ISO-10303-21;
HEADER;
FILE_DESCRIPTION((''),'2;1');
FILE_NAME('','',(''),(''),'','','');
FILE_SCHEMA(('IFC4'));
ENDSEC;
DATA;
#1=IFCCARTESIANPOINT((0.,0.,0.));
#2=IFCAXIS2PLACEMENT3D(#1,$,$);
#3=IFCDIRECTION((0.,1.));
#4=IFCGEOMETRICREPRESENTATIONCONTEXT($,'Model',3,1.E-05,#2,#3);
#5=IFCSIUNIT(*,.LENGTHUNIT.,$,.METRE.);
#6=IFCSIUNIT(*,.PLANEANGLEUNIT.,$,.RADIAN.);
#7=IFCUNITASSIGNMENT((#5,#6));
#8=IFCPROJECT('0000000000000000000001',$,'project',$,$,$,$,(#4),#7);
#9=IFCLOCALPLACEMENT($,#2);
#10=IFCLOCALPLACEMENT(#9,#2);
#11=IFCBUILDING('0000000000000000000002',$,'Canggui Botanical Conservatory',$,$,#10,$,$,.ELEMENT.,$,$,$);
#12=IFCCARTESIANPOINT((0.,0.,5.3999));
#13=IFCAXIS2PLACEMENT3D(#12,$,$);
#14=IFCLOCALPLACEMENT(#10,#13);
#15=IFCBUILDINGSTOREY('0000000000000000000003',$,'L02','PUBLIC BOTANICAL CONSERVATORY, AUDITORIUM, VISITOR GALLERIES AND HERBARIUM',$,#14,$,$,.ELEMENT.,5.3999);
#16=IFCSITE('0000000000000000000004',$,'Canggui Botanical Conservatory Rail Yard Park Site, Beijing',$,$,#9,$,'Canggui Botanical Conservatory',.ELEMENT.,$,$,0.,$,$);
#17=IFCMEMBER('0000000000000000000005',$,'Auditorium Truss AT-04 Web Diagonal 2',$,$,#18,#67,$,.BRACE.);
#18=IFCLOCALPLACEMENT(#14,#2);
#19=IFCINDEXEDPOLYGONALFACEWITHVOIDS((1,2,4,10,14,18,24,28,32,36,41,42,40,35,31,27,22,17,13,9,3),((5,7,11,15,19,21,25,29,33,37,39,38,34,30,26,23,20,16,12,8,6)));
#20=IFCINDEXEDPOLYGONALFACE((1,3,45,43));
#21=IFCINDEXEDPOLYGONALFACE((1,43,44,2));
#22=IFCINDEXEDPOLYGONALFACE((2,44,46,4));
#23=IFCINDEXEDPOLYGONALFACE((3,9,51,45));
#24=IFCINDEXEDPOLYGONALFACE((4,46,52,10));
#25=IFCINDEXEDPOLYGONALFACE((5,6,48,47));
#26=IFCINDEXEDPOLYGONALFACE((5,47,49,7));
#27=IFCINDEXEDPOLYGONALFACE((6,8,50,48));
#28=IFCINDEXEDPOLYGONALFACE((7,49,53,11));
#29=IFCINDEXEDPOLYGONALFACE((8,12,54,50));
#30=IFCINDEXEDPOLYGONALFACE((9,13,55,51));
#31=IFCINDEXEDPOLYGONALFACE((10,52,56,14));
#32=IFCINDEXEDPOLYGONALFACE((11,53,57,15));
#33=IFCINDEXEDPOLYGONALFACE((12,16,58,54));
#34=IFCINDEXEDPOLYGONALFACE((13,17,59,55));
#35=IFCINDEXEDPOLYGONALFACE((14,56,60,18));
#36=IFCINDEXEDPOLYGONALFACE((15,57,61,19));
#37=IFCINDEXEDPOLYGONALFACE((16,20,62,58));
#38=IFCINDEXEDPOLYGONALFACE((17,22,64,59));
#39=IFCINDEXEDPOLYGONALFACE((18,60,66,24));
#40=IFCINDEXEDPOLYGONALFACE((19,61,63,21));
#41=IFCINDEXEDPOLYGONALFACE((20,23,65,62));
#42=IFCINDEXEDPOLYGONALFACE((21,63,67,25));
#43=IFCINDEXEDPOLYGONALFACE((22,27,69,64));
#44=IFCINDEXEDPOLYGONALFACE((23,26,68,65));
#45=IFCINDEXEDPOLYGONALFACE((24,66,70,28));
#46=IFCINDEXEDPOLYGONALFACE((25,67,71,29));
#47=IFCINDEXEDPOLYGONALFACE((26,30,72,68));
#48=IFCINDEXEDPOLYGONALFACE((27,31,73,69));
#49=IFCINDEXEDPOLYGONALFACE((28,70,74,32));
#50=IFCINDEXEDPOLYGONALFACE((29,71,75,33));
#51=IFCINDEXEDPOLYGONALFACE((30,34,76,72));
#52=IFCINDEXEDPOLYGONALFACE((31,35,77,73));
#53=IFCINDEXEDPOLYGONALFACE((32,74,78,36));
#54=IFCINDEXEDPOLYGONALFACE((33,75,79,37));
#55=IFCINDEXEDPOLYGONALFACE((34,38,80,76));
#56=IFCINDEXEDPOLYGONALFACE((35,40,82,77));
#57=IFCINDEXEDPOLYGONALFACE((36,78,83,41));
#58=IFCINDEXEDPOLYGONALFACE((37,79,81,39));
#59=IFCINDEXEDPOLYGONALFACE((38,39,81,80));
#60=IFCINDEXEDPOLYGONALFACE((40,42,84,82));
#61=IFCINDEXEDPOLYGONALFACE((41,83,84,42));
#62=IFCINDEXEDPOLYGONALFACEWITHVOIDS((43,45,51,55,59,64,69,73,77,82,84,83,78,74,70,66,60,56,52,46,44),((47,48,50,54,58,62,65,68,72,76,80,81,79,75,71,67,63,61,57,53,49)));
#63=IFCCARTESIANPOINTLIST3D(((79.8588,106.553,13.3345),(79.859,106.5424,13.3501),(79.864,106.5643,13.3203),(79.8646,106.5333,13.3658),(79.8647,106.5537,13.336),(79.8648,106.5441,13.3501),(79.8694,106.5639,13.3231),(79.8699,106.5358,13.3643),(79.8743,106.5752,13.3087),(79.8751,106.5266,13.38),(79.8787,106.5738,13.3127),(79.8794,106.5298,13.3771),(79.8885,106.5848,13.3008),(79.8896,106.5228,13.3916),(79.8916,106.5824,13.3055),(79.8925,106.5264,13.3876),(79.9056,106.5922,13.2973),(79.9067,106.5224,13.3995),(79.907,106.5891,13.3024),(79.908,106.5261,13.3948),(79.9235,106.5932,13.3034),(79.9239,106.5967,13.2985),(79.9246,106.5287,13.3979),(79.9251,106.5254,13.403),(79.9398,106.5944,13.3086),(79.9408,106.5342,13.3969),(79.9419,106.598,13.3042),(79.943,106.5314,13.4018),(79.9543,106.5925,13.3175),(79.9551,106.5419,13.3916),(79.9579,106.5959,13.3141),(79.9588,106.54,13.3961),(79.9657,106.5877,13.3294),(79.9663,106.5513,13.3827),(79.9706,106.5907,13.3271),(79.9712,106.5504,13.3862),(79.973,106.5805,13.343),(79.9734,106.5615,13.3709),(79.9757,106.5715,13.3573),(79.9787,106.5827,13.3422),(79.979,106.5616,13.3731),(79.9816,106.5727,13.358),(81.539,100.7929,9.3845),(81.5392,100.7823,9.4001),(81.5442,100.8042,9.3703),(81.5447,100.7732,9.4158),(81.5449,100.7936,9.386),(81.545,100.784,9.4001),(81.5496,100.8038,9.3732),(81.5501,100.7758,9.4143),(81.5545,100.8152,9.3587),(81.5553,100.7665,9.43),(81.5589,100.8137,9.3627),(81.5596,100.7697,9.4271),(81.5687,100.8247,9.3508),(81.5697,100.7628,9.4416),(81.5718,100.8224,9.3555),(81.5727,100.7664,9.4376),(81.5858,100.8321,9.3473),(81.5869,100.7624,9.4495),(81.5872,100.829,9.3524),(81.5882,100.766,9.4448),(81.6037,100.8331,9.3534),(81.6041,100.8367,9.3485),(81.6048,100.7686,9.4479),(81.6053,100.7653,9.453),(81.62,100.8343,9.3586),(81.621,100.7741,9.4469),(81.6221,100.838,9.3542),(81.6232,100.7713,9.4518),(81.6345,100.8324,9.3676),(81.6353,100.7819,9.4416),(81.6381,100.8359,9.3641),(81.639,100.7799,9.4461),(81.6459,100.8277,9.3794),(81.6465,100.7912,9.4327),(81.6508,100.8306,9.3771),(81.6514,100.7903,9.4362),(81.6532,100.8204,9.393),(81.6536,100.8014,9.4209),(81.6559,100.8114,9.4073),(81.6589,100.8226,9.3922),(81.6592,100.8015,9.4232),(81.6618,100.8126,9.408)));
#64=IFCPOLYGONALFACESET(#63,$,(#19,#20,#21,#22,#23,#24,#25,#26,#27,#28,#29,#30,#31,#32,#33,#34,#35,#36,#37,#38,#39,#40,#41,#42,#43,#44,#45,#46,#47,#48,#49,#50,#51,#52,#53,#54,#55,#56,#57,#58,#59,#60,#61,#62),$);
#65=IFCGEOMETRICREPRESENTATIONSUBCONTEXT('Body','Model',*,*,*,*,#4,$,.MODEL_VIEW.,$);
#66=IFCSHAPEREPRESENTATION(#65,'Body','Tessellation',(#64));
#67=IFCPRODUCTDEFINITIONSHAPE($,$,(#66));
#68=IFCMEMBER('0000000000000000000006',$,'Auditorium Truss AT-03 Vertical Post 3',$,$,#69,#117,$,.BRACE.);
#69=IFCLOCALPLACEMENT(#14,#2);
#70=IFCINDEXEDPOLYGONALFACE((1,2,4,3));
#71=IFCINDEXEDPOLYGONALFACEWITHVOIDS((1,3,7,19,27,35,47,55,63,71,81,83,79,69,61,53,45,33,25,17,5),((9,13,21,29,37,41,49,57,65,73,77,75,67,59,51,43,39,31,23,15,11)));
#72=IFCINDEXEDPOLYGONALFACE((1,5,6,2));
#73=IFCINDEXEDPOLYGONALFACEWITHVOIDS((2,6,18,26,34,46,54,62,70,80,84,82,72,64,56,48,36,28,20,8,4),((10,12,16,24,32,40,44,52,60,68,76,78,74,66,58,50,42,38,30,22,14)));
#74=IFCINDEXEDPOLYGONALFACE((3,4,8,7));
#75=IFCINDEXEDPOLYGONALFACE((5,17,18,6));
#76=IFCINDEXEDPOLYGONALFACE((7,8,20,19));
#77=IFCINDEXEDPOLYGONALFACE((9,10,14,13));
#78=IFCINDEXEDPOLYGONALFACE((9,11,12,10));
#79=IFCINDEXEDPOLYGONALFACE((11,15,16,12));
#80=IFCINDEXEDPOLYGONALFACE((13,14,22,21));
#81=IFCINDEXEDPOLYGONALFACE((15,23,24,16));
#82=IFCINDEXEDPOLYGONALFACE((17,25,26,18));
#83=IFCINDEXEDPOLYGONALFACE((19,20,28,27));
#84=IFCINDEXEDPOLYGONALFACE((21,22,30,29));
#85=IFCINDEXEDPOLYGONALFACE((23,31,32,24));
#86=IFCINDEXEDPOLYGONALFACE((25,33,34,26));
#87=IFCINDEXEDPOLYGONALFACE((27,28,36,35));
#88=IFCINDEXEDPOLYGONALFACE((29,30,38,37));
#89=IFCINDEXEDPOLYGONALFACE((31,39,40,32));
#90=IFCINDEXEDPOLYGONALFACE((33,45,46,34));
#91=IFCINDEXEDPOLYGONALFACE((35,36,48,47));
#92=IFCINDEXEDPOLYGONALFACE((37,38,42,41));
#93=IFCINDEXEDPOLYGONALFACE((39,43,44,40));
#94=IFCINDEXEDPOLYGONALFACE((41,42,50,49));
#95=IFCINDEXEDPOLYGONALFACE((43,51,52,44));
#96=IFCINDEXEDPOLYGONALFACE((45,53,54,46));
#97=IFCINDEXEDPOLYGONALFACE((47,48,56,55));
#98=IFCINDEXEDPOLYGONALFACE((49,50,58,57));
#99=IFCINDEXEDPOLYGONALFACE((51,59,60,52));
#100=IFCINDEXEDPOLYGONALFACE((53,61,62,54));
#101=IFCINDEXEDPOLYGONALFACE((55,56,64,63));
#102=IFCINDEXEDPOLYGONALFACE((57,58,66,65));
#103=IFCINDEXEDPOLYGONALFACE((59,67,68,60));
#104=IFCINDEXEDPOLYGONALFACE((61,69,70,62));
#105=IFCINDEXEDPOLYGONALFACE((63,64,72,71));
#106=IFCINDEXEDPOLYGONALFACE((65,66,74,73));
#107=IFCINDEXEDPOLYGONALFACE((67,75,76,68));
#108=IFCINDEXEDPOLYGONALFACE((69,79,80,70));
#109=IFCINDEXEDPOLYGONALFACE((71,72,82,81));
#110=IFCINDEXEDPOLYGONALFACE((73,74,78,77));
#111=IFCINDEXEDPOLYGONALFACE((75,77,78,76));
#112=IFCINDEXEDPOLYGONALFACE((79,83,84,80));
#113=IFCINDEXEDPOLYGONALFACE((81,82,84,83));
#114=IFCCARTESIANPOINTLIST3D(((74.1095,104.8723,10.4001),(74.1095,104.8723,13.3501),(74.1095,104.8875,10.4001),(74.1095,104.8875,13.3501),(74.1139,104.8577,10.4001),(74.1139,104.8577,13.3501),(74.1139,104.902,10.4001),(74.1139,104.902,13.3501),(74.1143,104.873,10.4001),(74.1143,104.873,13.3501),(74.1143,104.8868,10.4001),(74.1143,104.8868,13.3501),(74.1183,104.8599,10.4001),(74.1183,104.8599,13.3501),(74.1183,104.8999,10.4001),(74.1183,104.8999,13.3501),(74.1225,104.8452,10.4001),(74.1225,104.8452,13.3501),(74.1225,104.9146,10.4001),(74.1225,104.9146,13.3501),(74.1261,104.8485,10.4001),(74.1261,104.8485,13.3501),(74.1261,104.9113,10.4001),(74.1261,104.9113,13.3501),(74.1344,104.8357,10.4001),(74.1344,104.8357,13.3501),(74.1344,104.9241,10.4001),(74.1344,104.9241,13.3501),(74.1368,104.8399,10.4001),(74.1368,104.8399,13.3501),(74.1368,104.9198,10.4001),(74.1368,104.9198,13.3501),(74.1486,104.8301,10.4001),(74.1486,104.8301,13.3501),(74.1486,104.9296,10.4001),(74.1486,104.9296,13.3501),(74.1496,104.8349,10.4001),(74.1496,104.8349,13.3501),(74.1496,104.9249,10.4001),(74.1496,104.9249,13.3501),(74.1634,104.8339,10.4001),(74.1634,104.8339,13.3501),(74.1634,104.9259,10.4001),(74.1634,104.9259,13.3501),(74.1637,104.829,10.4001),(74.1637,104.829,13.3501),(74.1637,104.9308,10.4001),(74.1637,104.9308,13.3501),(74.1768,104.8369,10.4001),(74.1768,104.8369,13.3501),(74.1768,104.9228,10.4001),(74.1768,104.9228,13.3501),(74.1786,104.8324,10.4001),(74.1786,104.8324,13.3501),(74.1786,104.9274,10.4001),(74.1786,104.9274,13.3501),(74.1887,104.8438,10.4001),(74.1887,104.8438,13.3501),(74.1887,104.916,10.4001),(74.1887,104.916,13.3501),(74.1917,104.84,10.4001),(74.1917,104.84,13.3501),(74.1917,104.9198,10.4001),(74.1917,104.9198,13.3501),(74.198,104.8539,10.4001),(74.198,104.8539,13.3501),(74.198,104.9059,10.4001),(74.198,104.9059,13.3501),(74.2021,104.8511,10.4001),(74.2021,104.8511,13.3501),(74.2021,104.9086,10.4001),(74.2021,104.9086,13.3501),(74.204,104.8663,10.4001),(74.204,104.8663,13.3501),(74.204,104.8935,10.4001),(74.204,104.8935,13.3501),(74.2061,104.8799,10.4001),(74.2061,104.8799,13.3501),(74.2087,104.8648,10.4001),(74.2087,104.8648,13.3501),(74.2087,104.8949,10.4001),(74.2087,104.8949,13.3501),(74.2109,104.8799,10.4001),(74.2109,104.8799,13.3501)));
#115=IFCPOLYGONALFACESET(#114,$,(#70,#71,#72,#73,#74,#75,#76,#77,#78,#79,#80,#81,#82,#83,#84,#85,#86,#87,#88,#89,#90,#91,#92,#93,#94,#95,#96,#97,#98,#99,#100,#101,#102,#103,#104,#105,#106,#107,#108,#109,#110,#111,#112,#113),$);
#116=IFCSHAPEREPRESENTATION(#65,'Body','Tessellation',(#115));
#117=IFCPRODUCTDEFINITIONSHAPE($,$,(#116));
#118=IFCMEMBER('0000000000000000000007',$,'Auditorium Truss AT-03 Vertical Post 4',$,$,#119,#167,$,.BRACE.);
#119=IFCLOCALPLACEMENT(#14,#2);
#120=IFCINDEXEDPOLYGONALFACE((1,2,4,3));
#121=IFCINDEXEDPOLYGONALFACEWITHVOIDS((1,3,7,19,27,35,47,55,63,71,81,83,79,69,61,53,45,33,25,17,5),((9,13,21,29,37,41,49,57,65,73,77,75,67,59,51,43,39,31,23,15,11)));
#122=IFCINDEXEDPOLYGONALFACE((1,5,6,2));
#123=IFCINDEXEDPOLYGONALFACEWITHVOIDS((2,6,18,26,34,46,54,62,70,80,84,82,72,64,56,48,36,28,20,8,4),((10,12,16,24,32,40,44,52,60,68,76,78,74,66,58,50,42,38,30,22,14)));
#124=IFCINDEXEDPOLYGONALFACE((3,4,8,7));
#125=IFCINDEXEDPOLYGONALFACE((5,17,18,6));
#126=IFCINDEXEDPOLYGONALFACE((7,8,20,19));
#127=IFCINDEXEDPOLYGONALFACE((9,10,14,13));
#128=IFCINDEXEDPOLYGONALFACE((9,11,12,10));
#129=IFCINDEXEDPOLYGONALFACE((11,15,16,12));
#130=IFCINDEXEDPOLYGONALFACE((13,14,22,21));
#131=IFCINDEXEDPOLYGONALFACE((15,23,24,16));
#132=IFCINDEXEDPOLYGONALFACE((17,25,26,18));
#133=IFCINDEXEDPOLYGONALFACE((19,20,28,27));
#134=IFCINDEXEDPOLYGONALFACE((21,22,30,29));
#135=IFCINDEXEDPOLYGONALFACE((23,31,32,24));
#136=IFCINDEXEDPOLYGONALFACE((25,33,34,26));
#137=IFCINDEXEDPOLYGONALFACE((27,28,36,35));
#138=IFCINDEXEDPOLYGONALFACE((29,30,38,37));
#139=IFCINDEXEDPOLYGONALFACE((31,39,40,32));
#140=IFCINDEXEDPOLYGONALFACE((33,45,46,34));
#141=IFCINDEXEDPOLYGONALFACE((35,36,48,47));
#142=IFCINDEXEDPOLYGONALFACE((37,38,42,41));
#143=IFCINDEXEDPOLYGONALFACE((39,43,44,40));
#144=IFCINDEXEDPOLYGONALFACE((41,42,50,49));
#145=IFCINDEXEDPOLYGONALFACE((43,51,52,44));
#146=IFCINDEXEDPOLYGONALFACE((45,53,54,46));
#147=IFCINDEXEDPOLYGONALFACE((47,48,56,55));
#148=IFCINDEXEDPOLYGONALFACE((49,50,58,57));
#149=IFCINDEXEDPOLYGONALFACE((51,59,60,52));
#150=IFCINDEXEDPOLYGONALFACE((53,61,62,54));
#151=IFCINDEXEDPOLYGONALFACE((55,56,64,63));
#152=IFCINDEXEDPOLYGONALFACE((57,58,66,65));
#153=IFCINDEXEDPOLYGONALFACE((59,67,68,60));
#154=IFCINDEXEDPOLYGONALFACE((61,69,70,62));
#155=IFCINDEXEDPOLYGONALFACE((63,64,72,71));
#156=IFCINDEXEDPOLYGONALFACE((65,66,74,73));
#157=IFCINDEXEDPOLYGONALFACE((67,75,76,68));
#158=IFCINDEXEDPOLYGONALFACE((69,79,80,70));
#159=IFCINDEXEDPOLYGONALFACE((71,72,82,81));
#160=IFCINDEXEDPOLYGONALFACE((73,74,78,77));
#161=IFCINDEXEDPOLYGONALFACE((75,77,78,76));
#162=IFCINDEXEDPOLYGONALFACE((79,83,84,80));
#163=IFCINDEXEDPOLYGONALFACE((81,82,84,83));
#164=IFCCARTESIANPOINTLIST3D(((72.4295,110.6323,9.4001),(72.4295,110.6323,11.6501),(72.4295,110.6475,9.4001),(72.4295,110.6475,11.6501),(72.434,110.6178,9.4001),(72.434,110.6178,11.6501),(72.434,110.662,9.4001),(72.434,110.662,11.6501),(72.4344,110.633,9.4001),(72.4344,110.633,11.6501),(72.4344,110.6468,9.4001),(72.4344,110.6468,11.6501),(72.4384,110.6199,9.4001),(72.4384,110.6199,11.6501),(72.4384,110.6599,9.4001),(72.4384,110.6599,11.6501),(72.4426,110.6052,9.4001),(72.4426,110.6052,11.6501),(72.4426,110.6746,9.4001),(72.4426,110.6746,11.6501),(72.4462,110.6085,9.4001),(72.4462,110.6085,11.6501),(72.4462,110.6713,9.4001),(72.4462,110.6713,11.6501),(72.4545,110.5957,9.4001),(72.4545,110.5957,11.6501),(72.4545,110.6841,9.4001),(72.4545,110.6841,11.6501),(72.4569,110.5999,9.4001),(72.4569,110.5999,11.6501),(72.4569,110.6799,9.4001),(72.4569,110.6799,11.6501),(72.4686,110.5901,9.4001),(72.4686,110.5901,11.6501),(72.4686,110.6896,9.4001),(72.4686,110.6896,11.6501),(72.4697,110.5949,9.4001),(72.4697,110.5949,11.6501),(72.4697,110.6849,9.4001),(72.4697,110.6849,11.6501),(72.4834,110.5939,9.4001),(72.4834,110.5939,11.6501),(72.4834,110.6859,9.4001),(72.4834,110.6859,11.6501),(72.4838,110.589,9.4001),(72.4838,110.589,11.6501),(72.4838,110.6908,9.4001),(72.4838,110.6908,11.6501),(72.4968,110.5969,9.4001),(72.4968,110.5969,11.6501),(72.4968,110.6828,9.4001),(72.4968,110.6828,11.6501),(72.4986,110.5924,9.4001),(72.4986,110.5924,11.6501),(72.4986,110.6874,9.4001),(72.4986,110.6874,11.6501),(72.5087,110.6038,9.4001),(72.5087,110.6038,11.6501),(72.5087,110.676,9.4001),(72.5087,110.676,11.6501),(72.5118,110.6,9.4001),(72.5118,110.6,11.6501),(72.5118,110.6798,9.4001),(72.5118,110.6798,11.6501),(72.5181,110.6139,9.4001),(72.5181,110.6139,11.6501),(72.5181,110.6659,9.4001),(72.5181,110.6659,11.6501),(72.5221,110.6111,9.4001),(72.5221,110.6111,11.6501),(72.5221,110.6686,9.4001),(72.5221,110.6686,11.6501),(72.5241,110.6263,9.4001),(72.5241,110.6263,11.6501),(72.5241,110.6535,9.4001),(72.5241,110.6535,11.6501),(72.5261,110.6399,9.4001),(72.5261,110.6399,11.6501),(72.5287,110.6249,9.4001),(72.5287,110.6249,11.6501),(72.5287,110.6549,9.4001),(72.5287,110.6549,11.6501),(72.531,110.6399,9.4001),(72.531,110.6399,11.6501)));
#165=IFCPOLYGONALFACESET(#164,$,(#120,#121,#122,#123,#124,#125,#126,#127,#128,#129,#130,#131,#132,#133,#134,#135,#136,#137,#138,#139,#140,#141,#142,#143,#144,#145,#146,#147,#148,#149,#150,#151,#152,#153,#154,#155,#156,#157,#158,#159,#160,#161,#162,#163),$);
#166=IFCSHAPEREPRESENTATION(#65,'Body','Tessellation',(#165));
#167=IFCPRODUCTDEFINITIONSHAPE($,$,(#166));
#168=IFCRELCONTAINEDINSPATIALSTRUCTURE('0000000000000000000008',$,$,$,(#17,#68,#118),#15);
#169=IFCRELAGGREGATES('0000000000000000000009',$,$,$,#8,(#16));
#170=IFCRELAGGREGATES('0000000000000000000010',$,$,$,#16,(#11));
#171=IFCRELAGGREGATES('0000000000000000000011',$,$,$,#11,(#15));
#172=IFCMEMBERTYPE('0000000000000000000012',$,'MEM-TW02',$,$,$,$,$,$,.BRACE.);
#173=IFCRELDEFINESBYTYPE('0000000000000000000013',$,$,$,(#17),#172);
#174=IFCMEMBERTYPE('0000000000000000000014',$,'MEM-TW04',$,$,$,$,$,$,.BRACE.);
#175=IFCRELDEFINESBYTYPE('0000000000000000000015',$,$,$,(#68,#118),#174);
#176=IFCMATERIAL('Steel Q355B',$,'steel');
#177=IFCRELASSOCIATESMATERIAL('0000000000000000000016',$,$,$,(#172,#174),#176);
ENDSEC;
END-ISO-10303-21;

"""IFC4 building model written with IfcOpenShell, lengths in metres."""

from ifc_helpers import new_model, si_unit, direction, frame, origin, origin_2d, place, context, subcontext, project, spatial, hollow_circle, extrude, material, material_profile, profile_set, type_object, element, save


model = new_model("IFC4")

# Units and contexts
model_context = context("Model", 3, precision=1e-05, world=origin(), true_north=direction((0.0, 1.0)))
body_context = subcontext(model_context, "Body", "Model", "MODEL_VIEW")
ifc_project = project(units=[si_unit("LENGTHUNIT", "METRE"), si_unit("PLANEANGLEUNIT", "RADIAN")], contexts=[model_context])

# Site, building, storey
site_placement = place(None, origin())
site = spatial("IfcSite", under=ifc_project, at=site_placement, Name="Canggui Botanical Conservatory Rail Yard Park Site, Beijing", LongName="Canggui Botanical Conservatory", CompositionType="ELEMENT", RefElevation=0.0)
building_placement = place(site_placement, origin())
building = spatial("IfcBuilding", under=site, at=building_placement, Name="Canggui Botanical Conservatory", CompositionType="ELEMENT")
storey_placement = place(building_placement, frame((0.0, 0.0, 5.3999)))
storey = spatial("IfcBuildingStorey", under=building, at=storey_placement, Name="L02", Description="PUBLIC BOTANICAL CONSERVATORY, AUDITORIUM, VISITOR GALLERIES AND HERBARIUM", CompositionType="ELEMENT", Elevation=5.3999)

# Shared definitions
ifc_material_1 = material(Name="Steel Q355B", Category="steel")

# Members
ifc_material_profile_1 = material_profile(ifc_material_1, hollow_circle(Radius=0.0635, WallThickness=0.0061, at=origin_2d()), Name="CHS 127x6")
ifc_profile_set_1 = profile_set([ifc_material_profile_1], Name="Steel Q355B")
member_type_1 = type_object("IfcMemberType", Name="MEM-TW02", PredefinedType="BRACE", material=ifc_profile_set_1)
member_1_placement = place(storey_placement, frame((81.6001, 100.8, 9.4001), z_axis=(-0.233893, 0.801838, 0.549864), x_axis=(-0.959992, -0.280027, 0.0)))
element("IfcMember", 1, at=member_1_placement, inside=storey, type_object=member_type_1, Name="Auditorium Truss AT-04 Web Diagonal 2", PredefinedType="BRACE", context=body_context, shape_type="SweptSolid", body=[
    extrude(hollow_circle(Radius=0.0635, WallThickness=0.0061, at=origin_2d()), origin(), (0.0, 0.0, 1.0), 7.1836),
])
ifc_material_profile_2 = material_profile(ifc_material_1, hollow_circle(Radius=0.051, WallThickness=0.0049, at=origin_2d()), Name="CHS 102x5")
ifc_profile_set_2 = profile_set([ifc_material_profile_2], Name="Steel Q355B")
member_type_2 = type_object("IfcMemberType", Name="MEM-TW04", PredefinedType="BRACE", material=ifc_profile_set_2)
member_2_placement = place(storey_placement, frame((74.1599, 104.8799, 10.4001), z_axis=(0.0, 0.0, 1.0), x_axis=(1.0, 0.0, 0.0)))
element("IfcMember", 2, at=member_2_placement, inside=storey, type_object=member_type_2, Name="Auditorium Truss AT-03 Vertical Post 3", PredefinedType="BRACE", context=body_context, shape_type="SweptSolid", body=[
    extrude(hollow_circle(Radius=0.051, WallThickness=0.0049, at=origin_2d()), origin(), (0.0, 0.0, 1.0), 2.95),
])
for number, where, z_axis, x_axis, name in (
    (3, (72.48, 110.6399, 9.4001), (0.0, 0.0, 1.0), (1.0, 0.0, 0.0), "Auditorium Truss AT-03 Vertical Post 4"),
):
    element("IfcMember", number, at=place(storey_placement, frame(where, z_axis=z_axis, x_axis=x_axis)), inside=storey, type_object=member_type_2, Name=name, PredefinedType="BRACE", context=body_context, shape_type="SweptSolid", body=[
        extrude(hollow_circle(Radius=0.051, WallThickness=0.0049, at=origin_2d()), origin(), (0.0, 0.0, 1.0), 2.25),
    ])

save(model, "model.ifc")
